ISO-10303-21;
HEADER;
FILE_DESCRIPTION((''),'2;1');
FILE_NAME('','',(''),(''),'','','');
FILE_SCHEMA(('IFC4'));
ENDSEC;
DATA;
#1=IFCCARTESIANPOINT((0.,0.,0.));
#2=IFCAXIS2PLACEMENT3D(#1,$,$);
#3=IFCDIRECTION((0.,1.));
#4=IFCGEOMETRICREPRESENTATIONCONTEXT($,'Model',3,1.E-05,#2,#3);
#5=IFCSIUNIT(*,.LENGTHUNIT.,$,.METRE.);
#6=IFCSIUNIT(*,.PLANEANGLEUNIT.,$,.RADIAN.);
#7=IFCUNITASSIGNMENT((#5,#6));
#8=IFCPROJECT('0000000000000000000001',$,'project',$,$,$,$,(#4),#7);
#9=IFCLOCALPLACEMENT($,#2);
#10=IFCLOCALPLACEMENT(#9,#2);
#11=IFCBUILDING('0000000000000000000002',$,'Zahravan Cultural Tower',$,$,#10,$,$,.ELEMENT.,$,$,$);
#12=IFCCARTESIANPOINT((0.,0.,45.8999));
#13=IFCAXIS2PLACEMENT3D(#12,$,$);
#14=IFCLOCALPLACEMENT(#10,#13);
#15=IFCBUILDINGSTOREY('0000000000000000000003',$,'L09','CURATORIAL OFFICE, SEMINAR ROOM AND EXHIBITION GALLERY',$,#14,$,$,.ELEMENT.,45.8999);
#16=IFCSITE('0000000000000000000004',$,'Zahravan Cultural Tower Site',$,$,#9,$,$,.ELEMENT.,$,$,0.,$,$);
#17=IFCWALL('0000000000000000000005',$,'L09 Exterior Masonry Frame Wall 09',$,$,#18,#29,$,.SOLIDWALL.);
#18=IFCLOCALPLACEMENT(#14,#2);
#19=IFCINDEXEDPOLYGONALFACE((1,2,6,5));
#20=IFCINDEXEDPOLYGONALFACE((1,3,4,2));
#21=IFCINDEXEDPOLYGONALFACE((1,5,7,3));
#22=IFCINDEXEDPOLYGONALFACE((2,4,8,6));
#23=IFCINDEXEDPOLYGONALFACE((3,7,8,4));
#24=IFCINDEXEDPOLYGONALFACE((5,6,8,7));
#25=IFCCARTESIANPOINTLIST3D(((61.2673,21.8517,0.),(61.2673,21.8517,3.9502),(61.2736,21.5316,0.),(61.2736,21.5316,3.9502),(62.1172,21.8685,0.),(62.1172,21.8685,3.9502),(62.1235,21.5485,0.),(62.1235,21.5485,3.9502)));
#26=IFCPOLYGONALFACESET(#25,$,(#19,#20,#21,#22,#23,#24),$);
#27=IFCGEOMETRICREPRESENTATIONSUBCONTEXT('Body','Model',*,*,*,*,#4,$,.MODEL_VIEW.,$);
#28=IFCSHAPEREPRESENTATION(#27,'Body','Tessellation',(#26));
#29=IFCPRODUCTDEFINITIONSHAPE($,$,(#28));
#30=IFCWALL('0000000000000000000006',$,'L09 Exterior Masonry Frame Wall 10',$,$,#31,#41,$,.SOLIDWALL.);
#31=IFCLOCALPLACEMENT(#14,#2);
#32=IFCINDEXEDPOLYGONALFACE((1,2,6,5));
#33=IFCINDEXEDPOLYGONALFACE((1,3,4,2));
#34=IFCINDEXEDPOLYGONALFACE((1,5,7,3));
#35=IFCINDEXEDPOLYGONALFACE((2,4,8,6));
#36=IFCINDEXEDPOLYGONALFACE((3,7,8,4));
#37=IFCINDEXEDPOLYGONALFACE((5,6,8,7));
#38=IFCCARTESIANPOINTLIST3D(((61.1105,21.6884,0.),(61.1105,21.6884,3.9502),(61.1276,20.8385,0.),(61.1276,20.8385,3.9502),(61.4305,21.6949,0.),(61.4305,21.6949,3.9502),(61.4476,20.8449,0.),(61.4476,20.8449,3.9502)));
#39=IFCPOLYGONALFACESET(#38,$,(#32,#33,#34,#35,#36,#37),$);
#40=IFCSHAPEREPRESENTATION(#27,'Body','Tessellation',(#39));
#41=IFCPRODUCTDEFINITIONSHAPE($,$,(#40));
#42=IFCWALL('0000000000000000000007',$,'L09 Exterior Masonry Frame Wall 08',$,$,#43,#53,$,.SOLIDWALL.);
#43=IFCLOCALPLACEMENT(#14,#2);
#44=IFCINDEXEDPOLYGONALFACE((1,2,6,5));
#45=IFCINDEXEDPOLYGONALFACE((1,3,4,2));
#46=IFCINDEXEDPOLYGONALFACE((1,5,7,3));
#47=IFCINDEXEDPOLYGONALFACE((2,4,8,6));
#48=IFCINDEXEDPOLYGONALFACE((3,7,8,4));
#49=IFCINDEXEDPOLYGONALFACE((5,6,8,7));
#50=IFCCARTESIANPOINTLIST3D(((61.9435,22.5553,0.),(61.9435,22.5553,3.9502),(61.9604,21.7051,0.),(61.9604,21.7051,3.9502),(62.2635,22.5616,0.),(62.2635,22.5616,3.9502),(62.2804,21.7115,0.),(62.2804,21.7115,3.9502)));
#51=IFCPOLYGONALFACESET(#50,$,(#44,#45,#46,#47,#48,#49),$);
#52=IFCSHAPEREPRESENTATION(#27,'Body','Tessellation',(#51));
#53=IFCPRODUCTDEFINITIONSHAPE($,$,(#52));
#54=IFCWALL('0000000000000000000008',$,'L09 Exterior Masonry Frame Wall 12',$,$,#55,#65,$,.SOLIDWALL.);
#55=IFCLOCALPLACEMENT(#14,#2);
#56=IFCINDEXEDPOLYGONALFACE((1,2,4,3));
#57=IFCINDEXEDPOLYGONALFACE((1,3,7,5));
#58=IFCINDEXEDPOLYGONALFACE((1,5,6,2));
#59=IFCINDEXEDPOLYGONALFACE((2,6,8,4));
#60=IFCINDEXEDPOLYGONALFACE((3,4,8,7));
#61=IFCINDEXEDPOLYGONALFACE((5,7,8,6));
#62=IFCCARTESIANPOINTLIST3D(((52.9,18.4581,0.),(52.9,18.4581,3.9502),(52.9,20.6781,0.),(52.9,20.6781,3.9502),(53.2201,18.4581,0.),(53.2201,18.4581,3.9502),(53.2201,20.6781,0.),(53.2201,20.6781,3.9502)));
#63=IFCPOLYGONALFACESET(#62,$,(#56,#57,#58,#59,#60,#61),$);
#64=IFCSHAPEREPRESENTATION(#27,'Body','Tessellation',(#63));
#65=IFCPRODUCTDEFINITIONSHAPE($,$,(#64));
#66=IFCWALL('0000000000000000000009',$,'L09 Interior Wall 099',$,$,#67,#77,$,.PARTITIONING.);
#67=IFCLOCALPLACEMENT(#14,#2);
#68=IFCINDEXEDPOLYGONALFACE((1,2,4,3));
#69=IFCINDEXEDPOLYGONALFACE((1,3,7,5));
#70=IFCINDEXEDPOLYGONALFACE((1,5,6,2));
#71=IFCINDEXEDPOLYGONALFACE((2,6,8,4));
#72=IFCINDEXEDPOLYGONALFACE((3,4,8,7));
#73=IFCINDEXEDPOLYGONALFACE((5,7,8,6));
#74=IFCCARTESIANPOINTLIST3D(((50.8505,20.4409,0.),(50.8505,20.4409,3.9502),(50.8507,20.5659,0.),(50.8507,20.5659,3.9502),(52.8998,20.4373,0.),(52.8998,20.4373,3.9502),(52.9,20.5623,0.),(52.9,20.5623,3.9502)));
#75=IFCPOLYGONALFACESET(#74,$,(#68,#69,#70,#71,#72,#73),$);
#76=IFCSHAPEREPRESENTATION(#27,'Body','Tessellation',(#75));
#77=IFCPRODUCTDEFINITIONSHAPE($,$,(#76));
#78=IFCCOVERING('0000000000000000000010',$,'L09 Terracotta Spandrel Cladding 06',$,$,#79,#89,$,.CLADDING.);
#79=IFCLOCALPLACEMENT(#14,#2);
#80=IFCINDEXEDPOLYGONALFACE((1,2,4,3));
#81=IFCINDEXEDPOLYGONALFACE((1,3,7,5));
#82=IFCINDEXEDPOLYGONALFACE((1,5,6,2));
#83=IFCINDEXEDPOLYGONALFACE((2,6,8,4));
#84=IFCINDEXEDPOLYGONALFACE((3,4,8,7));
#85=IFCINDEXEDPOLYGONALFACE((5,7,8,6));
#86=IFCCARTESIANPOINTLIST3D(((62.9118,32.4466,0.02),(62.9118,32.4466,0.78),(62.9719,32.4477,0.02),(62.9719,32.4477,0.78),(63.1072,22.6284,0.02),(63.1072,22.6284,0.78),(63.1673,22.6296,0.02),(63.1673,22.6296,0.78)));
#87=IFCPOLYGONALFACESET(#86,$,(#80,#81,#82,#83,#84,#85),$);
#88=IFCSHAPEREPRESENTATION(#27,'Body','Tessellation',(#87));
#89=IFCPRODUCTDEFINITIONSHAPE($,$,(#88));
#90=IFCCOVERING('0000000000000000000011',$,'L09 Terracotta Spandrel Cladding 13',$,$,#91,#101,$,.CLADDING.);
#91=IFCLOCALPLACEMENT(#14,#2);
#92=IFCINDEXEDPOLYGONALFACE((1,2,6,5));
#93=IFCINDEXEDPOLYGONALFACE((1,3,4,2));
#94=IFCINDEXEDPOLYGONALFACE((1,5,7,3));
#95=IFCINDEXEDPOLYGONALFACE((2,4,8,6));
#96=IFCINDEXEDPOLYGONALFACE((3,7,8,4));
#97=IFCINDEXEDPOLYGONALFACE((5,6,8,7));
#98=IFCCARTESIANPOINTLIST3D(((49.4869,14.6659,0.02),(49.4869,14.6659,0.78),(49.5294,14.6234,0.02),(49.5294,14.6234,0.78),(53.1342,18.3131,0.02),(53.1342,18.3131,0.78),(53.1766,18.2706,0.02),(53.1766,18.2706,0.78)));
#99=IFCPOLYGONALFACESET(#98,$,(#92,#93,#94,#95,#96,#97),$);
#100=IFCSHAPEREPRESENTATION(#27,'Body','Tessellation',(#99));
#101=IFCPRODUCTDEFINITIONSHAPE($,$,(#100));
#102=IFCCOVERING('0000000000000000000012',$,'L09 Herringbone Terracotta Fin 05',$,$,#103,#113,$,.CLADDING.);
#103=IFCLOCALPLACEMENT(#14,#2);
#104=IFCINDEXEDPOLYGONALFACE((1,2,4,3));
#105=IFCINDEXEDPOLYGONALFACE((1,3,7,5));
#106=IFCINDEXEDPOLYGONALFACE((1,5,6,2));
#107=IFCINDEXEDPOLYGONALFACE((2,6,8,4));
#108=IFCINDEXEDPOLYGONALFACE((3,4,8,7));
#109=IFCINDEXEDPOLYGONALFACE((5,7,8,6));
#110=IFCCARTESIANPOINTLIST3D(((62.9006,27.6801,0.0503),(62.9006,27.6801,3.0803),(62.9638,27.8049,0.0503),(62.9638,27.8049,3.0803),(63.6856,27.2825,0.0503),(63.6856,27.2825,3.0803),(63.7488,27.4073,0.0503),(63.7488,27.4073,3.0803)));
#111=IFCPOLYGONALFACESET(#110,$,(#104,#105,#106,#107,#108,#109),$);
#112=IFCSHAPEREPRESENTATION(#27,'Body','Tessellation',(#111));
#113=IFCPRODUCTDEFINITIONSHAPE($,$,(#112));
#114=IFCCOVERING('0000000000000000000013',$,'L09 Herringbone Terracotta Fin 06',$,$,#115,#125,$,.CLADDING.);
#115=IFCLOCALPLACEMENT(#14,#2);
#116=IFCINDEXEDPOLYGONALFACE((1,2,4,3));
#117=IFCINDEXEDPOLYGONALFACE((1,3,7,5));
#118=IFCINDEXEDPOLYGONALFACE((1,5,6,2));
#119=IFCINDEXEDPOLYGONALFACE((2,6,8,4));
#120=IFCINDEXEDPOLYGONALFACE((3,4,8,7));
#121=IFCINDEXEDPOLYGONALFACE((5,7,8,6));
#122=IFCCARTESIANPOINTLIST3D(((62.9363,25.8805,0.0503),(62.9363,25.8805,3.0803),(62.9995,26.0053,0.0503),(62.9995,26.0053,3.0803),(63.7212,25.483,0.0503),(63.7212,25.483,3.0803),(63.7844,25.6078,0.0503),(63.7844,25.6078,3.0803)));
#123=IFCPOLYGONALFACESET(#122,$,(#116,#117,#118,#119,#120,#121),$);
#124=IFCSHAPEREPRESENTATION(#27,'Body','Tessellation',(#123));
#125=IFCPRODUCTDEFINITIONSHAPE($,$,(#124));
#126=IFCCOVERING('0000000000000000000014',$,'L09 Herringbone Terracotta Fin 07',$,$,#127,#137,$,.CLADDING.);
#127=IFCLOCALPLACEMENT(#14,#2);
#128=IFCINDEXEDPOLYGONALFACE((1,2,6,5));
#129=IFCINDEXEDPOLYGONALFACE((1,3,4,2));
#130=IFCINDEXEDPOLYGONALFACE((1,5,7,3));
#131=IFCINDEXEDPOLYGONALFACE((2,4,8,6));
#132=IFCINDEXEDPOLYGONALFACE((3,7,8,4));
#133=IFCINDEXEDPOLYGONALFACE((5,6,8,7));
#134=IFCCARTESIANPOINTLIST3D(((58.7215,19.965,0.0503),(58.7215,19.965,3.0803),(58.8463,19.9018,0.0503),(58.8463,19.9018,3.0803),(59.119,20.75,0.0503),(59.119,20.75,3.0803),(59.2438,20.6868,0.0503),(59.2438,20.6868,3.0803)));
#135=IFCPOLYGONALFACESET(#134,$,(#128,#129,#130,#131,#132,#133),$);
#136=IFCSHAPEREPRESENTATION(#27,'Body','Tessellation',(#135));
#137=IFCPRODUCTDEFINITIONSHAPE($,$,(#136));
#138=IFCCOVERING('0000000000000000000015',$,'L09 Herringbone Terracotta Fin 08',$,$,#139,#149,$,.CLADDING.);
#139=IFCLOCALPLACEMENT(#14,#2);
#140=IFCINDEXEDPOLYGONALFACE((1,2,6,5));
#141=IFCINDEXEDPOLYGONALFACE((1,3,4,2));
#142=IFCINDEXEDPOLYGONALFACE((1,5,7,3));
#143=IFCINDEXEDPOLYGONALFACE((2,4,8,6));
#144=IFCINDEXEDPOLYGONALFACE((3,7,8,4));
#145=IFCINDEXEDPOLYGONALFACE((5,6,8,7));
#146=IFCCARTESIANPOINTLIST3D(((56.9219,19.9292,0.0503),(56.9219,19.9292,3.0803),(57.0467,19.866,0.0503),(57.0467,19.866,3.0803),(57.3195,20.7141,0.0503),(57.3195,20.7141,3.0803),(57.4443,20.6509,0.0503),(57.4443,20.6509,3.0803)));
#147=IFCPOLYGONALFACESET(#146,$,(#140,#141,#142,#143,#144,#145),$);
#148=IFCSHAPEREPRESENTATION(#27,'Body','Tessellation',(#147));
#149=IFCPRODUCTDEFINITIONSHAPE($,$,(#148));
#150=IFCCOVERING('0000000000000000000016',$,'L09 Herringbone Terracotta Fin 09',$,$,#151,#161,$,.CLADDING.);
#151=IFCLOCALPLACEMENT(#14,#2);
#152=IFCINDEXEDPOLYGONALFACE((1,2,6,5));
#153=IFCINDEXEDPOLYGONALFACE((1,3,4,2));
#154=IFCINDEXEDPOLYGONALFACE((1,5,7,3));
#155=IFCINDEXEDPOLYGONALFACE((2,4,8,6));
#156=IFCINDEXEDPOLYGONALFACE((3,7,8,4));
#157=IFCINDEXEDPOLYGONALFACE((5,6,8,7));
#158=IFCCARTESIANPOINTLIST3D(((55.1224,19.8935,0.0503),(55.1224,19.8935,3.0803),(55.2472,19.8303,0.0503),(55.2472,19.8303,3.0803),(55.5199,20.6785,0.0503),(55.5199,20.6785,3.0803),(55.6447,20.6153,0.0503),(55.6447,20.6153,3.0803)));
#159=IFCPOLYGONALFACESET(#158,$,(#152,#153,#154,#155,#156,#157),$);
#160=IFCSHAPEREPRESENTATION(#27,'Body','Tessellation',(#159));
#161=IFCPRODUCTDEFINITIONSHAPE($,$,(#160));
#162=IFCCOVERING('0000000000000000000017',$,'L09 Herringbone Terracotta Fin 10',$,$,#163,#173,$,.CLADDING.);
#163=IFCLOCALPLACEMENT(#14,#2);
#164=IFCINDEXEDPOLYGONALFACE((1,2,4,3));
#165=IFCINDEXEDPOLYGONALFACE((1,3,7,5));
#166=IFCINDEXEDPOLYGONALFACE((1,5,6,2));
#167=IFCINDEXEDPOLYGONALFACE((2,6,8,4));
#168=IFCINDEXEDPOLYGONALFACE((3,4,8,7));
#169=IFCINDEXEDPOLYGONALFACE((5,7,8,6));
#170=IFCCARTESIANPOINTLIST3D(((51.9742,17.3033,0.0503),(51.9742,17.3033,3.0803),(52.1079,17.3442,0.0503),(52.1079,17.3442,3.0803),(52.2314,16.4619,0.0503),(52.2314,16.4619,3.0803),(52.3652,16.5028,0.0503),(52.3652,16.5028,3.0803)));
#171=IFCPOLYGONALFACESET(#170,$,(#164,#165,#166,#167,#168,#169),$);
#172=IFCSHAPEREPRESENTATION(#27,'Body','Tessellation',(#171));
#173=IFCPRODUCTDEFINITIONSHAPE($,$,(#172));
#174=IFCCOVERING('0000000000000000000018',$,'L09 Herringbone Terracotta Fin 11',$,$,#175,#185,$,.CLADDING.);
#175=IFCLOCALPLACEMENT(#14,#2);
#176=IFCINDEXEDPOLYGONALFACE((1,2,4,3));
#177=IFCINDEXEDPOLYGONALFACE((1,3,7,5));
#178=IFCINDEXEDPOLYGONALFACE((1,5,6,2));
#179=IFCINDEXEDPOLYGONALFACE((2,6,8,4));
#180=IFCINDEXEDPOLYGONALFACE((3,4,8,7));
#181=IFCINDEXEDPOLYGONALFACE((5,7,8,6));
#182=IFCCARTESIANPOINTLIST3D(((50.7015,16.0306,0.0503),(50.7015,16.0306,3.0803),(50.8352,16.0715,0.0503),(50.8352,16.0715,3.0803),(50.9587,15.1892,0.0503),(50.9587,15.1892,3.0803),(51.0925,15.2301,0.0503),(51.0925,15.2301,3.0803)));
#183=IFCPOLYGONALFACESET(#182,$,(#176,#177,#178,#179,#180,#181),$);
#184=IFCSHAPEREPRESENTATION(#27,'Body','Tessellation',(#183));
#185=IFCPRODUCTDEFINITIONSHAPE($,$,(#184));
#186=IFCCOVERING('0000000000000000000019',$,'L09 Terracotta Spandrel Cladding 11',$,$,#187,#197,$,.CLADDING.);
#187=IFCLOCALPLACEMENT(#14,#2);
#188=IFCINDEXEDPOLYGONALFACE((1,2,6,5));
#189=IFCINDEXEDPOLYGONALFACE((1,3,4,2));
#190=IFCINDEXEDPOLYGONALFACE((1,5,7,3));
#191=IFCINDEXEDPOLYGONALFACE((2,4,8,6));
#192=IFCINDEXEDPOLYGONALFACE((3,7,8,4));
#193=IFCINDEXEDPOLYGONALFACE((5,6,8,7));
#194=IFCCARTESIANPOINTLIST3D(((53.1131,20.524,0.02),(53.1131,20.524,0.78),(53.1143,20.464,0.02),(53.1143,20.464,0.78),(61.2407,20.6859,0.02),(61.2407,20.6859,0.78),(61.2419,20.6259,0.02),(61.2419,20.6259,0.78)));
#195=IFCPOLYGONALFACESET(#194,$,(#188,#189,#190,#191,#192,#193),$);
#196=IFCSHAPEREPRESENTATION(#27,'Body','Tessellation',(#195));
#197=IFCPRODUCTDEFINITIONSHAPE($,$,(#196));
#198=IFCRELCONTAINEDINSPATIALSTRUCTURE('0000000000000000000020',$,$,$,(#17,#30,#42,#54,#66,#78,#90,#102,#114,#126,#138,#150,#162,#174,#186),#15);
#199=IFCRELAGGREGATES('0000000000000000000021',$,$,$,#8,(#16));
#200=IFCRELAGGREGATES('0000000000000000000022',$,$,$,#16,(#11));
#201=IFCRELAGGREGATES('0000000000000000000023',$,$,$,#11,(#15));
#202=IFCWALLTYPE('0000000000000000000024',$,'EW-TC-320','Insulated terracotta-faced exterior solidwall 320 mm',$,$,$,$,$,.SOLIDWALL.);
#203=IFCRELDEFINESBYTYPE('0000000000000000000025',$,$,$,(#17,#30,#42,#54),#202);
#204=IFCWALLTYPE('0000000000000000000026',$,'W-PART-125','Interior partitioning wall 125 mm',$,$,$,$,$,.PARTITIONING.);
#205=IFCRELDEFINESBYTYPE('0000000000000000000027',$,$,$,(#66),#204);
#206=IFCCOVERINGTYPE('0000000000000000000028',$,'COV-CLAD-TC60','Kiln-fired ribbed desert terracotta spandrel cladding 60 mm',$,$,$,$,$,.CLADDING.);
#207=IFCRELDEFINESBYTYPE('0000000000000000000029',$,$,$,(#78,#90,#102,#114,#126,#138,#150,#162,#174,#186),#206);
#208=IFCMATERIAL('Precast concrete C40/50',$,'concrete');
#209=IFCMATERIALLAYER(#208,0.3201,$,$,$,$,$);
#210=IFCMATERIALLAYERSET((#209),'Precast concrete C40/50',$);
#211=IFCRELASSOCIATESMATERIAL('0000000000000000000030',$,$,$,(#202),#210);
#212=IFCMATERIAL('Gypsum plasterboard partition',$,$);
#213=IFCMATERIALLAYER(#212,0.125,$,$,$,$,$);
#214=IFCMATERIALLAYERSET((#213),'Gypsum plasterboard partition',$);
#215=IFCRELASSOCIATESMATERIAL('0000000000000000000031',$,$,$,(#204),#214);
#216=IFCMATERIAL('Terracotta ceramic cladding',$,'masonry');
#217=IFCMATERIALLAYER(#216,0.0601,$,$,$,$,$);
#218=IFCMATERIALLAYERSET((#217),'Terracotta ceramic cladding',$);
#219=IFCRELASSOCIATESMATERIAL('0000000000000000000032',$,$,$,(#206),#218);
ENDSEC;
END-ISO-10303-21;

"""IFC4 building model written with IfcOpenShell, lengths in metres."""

from ifc_helpers import new_model, si_unit, direction, frame, frame_2d, origin, origin_2d, place, context, subcontext, project, spatial, rectangle, extrude, source, transform, mapped, material, layer, layer_set, type_object, element, save


model = new_model("IFC4")

# Units and contexts
model_context = context("Model", 3, precision=1e-05, world=origin(), true_north=direction((0.0, 1.0)))
body_context = subcontext(model_context, "Body", "Model", "MODEL_VIEW")
ifc_project = project(units=[si_unit("LENGTHUNIT", "METRE"), si_unit("PLANEANGLEUNIT", "RADIAN")], contexts=[model_context])

# Site, building, storey
site_placement = place(None, origin())
site = spatial("IfcSite", under=ifc_project, at=site_placement, Name="Zahravan Cultural Tower Site", CompositionType="ELEMENT", RefElevation=0.0)
building_placement = place(site_placement, origin())
building = spatial("IfcBuilding", under=site, at=building_placement, Name="Zahravan Cultural Tower", CompositionType="ELEMENT")
storey_placement = place(building_placement, frame((0.0, 0.0, 45.8999)))
storey = spatial("IfcBuildingStorey", under=building, at=storey_placement, Name="L09", Description="CURATORIAL OFFICE, SEMINAR ROOM AND EXHIBITION GALLERY", CompositionType="ELEMENT", Elevation=45.8999)

# Shared definitions
ifc_material_1 = material(Name="Precast concrete C40/50", Category="concrete")
ifc_layer_1 = layer(ifc_material_1, 0.3201)
ifc_layer_set_1 = layer_set([ifc_layer_1], Name="Precast concrete C40/50")
wall_type_1 = type_object("IfcWallType", Name="EW-TC-320", Description="Insulated terracotta-faced exterior solidwall 320 mm", PredefinedType="SOLIDWALL", material=ifc_layer_set_1)

# Shared definitions
ifc_material_2 = material(Name="Gypsum plasterboard partition")
ifc_layer_2 = layer(ifc_material_2, 0.125)
ifc_layer_set_2 = layer_set([ifc_layer_2], Name="Gypsum plasterboard partition")
wall_type_2 = type_object("IfcWallType", Name="W-PART-125", Description="Interior partitioning wall 125 mm", PredefinedType="PARTITIONING", material=ifc_layer_set_2)

# Walls
shared_shape_1 = source(origin(), body_context, "Body", "SweptSolid", [
    extrude(rectangle(XDim=0.8501, YDim=0.3201, at=frame_2d((0.425, 0.0))), origin(), (0.0, 0.0, 1.0), 3.9502),
])
for number, where, z_axis, x_axis, name in (
    (1, (62.1204, 21.7085, 0.0), (0.0, 0.0, 1.0), (-0.999804, -0.019818, 0.0), "L09 Exterior Masonry Frame Wall 09"),
    (2, (61.2705, 21.6917, 0.0), (0.0, 0.0, 1.0), (0.020105, -0.999798, 0.0), "L09 Exterior Masonry Frame Wall 10"),
):
    element("IfcWall", number, at=place(storey_placement, frame(where, z_axis=z_axis, x_axis=x_axis)), inside=storey, type_object=wall_type_1, Name=name, PredefinedType="SOLIDWALL", context=body_context, shape_type="MappedRepresentation", body=[
        mapped(shared_shape_1, transform((0.0, 0.0, 0.0), x_axis=(1.0, 0.0, 0.0), y_axis=(0.0, 1.0, 0.0), z_axis=(0.0, 0.0, 1.0), scale=1.0)),
    ])
shared_shape_2 = source(origin(), body_context, "Body", "SweptSolid", [
    extrude(rectangle(XDim=0.8503, YDim=0.3201, at=frame_2d((0.4253, 0.0))), origin(), (0.0, 0.0, 1.0), 3.9502),
])
wall_1_placement = place(storey_placement, frame((62.1035, 22.5586, 0.0), z_axis=(0.0, 0.0, 1.0), x_axis=(0.019812, -0.999804, 0.0)))
element("IfcWall", 3, at=wall_1_placement, inside=storey, type_object=wall_type_1, Name="L09 Exterior Masonry Frame Wall 08", PredefinedType="SOLIDWALL", context=body_context, shape_type="MappedRepresentation", body=[
    mapped(shared_shape_2, transform((0.0, 0.0, 0.0), x_axis=(1.0, 0.0, 0.0), y_axis=(0.0, 1.0, 0.0), z_axis=(0.0, 0.0, 1.0), scale=1.0)),
])
shared_shape_3 = source(origin(), body_context, "Body", "SweptSolid", [
    extrude(rectangle(XDim=2.22, YDim=0.3201, at=frame_2d((1.1099, 0.0))), origin(), (0.0, 0.0, 1.0), 3.9502),
])
wall_2_placement = place(storey_placement, frame((53.0601, 20.678, 0.0), z_axis=(0.0, 0.0, 1.0), x_axis=(0.0, -1.0, 0.0)))
element("IfcWall", 4, at=wall_2_placement, inside=storey, type_object=wall_type_1, Name="L09 Exterior Masonry Frame Wall 12", PredefinedType="SOLIDWALL", context=body_context, shape_type="MappedRepresentation", body=[
    mapped(shared_shape_3, transform((0.0, 0.0, 0.0), x_axis=(1.0, 0.0, 0.0), y_axis=(0.0, 1.0, 0.0), z_axis=(0.0, 0.0, 1.0), scale=1.0)),
])
shared_shape_4 = source(origin(), body_context, "Body", "SweptSolid", [
    extrude(rectangle(XDim=2.0493, YDim=0.125, at=frame_2d((1.0247, 0.0))), origin(), (0.0, 0.0, 1.0), 3.9502),
])
wall_3_placement = place(storey_placement, frame((50.8506, 20.5034, 0.0), z_axis=(0.0, 0.0, 1.0), x_axis=(0.999998, -0.001787, 0.0)))
element("IfcWall", 5, at=wall_3_placement, inside=storey, type_object=wall_type_2, Name="L09 Interior Wall 099", PredefinedType="PARTITIONING", context=body_context, shape_type="MappedRepresentation", body=[
    mapped(shared_shape_4, transform((0.0, 0.0, 0.0), x_axis=(1.0, 0.0, 0.0), y_axis=(0.0, 1.0, 0.0), z_axis=(0.0, 0.0, 1.0), scale=1.0)),
])

# Coverings
ifc_material_3 = material(Name="Terracotta ceramic cladding", Category="masonry")
ifc_layer_3 = layer(ifc_material_3, 0.0601)
ifc_layer_set_3 = layer_set([ifc_layer_3], Name="Terracotta ceramic cladding")
covering_type = type_object("IfcCoveringType", Name="COV-CLAD-TC60", Description="Kiln-fired ribbed desert terracotta spandrel cladding 60 mm", PredefinedType="CLADDING", material=ifc_layer_set_3)
shared_shape_5 = source(origin(), body_context, "Body", "SweptSolid", [
    extrude(rectangle(XDim=9.8201, YDim=0.0601, at=origin_2d()), origin(), (0.0, 0.0, 1.0), 0.76),
])
covering_1_placement = place(storey_placement, frame((63.0396, 27.5381, 0.02), z_axis=(0.0, 0.0, 1.0), x_axis=(0.019895, -0.999802, 0.0)))
element("IfcCovering", 6, at=covering_1_placement, inside=storey, type_object=covering_type, Name="L09 Terracotta Spandrel Cladding 06", PredefinedType="CLADDING", context=body_context, shape_type="MappedRepresentation", body=[
    mapped(shared_shape_5, transform((0.0, 0.0, 0.0), x_axis=(1.0, 0.0, 0.0), y_axis=(0.0, 1.0, 0.0), z_axis=(0.0, 0.0, 1.0), scale=1.0)),
])
shared_shape_6 = source(origin(), body_context, "Body", "SweptSolid", [
    extrude(rectangle(XDim=5.158, YDim=0.0601, at=origin_2d()), origin(), (0.0, 0.0, 1.0), 0.76),
])
covering_2_placement = place(storey_placement, frame((51.3318, 16.4683, 0.02), z_axis=(0.0, 0.0, 1.0), x_axis=(-0.707107, -0.707107, 0.0)))
element("IfcCovering", 7, at=covering_2_placement, inside=storey, type_object=covering_type, Name="L09 Terracotta Spandrel Cladding 13", PredefinedType="CLADDING", context=body_context, shape_type="MappedRepresentation", body=[
    mapped(shared_shape_6, transform((0.0, 0.0, 0.0), x_axis=(1.0, 0.0, 0.0), y_axis=(0.0, 1.0, 0.0), z_axis=(0.0, 0.0, 1.0), scale=1.0)),
])
shared_shape_7 = source(origin(), body_context, "Body", "SweptSolid", [
    extrude(rectangle(XDim=0.8799, YDim=0.1399, at=origin_2d()), origin(), (0.0, 0.0, 1.0), 3.03),
])
for number, where, z_axis, x_axis, name in (
    (8, (63.3247, 27.5437, 0.0503), (0.0, 0.0, 1.0), (0.892113, -0.451812, 0.0), "L09 Herringbone Terracotta Fin 05"),
    (9, (63.3604, 25.7441, 0.0503), (0.0, 0.0, 1.0), (0.892113, -0.451812, 0.0), "L09 Herringbone Terracotta Fin 06"),
    (10, (58.9827, 20.3259, 0.0503), (0.0, 0.0, 1.0), (-0.451796, -0.892121, 0.0), "L09 Herringbone Terracotta Fin 07"),
    (11, (57.1831, 20.29, 0.0503), (0.0, 0.0, 1.0), (-0.451796, -0.892121, 0.0), "L09 Herringbone Terracotta Fin 08"),
    (12, (55.3835, 20.2544, 0.0503), (0.0, 0.0, 1.0), (-0.451796, -0.892121, 0.0), "L09 Herringbone Terracotta Fin 09"),
    (13, (52.1697, 16.9031, 0.0503), (0.0, 0.0, 1.0), (0.292372, -0.956305, 0.0), "L09 Herringbone Terracotta Fin 10"),
    (14, (50.897, 15.6304, 0.0503), (0.0, 0.0, 1.0), (0.292372, -0.956305, 0.0), "L09 Herringbone Terracotta Fin 11"),
):
    element("IfcCovering", number, at=place(storey_placement, frame(where, z_axis=z_axis, x_axis=x_axis)), inside=storey, type_object=covering_type, Name=name, PredefinedType="CLADDING", context=body_context, shape_type="MappedRepresentation", body=[
        mapped(shared_shape_7, transform((0.0, 0.0, 0.0), x_axis=(1.0, 0.0, 0.0), y_axis=(0.0, 1.0, 0.0), z_axis=(0.0, 0.0, 1.0), scale=1.0)),
    ])
shared_shape_8 = source(origin(), body_context, "Body", "SweptSolid", [
    extrude(rectangle(XDim=8.1292, YDim=0.0601, at=origin_2d()), origin(), (0.0, 0.0, 1.0), 0.76),
])
covering_3_placement = place(storey_placement, frame((57.1775, 20.575, 0.02), z_axis=(0.0, 0.0, 1.0), x_axis=(-0.999802, -0.019913, 0.0)))
element("IfcCovering", 15, at=covering_3_placement, inside=storey, type_object=covering_type, Name="L09 Terracotta Spandrel Cladding 11", PredefinedType="CLADDING", context=body_context, shape_type="MappedRepresentation", body=[
    mapped(shared_shape_8, transform((0.0, 0.0, 0.0), x_axis=(1.0, 0.0, 0.0), y_axis=(0.0, 1.0, 0.0), z_axis=(0.0, 0.0, 1.0), scale=1.0)),
])

save(model, "model.ifc")
